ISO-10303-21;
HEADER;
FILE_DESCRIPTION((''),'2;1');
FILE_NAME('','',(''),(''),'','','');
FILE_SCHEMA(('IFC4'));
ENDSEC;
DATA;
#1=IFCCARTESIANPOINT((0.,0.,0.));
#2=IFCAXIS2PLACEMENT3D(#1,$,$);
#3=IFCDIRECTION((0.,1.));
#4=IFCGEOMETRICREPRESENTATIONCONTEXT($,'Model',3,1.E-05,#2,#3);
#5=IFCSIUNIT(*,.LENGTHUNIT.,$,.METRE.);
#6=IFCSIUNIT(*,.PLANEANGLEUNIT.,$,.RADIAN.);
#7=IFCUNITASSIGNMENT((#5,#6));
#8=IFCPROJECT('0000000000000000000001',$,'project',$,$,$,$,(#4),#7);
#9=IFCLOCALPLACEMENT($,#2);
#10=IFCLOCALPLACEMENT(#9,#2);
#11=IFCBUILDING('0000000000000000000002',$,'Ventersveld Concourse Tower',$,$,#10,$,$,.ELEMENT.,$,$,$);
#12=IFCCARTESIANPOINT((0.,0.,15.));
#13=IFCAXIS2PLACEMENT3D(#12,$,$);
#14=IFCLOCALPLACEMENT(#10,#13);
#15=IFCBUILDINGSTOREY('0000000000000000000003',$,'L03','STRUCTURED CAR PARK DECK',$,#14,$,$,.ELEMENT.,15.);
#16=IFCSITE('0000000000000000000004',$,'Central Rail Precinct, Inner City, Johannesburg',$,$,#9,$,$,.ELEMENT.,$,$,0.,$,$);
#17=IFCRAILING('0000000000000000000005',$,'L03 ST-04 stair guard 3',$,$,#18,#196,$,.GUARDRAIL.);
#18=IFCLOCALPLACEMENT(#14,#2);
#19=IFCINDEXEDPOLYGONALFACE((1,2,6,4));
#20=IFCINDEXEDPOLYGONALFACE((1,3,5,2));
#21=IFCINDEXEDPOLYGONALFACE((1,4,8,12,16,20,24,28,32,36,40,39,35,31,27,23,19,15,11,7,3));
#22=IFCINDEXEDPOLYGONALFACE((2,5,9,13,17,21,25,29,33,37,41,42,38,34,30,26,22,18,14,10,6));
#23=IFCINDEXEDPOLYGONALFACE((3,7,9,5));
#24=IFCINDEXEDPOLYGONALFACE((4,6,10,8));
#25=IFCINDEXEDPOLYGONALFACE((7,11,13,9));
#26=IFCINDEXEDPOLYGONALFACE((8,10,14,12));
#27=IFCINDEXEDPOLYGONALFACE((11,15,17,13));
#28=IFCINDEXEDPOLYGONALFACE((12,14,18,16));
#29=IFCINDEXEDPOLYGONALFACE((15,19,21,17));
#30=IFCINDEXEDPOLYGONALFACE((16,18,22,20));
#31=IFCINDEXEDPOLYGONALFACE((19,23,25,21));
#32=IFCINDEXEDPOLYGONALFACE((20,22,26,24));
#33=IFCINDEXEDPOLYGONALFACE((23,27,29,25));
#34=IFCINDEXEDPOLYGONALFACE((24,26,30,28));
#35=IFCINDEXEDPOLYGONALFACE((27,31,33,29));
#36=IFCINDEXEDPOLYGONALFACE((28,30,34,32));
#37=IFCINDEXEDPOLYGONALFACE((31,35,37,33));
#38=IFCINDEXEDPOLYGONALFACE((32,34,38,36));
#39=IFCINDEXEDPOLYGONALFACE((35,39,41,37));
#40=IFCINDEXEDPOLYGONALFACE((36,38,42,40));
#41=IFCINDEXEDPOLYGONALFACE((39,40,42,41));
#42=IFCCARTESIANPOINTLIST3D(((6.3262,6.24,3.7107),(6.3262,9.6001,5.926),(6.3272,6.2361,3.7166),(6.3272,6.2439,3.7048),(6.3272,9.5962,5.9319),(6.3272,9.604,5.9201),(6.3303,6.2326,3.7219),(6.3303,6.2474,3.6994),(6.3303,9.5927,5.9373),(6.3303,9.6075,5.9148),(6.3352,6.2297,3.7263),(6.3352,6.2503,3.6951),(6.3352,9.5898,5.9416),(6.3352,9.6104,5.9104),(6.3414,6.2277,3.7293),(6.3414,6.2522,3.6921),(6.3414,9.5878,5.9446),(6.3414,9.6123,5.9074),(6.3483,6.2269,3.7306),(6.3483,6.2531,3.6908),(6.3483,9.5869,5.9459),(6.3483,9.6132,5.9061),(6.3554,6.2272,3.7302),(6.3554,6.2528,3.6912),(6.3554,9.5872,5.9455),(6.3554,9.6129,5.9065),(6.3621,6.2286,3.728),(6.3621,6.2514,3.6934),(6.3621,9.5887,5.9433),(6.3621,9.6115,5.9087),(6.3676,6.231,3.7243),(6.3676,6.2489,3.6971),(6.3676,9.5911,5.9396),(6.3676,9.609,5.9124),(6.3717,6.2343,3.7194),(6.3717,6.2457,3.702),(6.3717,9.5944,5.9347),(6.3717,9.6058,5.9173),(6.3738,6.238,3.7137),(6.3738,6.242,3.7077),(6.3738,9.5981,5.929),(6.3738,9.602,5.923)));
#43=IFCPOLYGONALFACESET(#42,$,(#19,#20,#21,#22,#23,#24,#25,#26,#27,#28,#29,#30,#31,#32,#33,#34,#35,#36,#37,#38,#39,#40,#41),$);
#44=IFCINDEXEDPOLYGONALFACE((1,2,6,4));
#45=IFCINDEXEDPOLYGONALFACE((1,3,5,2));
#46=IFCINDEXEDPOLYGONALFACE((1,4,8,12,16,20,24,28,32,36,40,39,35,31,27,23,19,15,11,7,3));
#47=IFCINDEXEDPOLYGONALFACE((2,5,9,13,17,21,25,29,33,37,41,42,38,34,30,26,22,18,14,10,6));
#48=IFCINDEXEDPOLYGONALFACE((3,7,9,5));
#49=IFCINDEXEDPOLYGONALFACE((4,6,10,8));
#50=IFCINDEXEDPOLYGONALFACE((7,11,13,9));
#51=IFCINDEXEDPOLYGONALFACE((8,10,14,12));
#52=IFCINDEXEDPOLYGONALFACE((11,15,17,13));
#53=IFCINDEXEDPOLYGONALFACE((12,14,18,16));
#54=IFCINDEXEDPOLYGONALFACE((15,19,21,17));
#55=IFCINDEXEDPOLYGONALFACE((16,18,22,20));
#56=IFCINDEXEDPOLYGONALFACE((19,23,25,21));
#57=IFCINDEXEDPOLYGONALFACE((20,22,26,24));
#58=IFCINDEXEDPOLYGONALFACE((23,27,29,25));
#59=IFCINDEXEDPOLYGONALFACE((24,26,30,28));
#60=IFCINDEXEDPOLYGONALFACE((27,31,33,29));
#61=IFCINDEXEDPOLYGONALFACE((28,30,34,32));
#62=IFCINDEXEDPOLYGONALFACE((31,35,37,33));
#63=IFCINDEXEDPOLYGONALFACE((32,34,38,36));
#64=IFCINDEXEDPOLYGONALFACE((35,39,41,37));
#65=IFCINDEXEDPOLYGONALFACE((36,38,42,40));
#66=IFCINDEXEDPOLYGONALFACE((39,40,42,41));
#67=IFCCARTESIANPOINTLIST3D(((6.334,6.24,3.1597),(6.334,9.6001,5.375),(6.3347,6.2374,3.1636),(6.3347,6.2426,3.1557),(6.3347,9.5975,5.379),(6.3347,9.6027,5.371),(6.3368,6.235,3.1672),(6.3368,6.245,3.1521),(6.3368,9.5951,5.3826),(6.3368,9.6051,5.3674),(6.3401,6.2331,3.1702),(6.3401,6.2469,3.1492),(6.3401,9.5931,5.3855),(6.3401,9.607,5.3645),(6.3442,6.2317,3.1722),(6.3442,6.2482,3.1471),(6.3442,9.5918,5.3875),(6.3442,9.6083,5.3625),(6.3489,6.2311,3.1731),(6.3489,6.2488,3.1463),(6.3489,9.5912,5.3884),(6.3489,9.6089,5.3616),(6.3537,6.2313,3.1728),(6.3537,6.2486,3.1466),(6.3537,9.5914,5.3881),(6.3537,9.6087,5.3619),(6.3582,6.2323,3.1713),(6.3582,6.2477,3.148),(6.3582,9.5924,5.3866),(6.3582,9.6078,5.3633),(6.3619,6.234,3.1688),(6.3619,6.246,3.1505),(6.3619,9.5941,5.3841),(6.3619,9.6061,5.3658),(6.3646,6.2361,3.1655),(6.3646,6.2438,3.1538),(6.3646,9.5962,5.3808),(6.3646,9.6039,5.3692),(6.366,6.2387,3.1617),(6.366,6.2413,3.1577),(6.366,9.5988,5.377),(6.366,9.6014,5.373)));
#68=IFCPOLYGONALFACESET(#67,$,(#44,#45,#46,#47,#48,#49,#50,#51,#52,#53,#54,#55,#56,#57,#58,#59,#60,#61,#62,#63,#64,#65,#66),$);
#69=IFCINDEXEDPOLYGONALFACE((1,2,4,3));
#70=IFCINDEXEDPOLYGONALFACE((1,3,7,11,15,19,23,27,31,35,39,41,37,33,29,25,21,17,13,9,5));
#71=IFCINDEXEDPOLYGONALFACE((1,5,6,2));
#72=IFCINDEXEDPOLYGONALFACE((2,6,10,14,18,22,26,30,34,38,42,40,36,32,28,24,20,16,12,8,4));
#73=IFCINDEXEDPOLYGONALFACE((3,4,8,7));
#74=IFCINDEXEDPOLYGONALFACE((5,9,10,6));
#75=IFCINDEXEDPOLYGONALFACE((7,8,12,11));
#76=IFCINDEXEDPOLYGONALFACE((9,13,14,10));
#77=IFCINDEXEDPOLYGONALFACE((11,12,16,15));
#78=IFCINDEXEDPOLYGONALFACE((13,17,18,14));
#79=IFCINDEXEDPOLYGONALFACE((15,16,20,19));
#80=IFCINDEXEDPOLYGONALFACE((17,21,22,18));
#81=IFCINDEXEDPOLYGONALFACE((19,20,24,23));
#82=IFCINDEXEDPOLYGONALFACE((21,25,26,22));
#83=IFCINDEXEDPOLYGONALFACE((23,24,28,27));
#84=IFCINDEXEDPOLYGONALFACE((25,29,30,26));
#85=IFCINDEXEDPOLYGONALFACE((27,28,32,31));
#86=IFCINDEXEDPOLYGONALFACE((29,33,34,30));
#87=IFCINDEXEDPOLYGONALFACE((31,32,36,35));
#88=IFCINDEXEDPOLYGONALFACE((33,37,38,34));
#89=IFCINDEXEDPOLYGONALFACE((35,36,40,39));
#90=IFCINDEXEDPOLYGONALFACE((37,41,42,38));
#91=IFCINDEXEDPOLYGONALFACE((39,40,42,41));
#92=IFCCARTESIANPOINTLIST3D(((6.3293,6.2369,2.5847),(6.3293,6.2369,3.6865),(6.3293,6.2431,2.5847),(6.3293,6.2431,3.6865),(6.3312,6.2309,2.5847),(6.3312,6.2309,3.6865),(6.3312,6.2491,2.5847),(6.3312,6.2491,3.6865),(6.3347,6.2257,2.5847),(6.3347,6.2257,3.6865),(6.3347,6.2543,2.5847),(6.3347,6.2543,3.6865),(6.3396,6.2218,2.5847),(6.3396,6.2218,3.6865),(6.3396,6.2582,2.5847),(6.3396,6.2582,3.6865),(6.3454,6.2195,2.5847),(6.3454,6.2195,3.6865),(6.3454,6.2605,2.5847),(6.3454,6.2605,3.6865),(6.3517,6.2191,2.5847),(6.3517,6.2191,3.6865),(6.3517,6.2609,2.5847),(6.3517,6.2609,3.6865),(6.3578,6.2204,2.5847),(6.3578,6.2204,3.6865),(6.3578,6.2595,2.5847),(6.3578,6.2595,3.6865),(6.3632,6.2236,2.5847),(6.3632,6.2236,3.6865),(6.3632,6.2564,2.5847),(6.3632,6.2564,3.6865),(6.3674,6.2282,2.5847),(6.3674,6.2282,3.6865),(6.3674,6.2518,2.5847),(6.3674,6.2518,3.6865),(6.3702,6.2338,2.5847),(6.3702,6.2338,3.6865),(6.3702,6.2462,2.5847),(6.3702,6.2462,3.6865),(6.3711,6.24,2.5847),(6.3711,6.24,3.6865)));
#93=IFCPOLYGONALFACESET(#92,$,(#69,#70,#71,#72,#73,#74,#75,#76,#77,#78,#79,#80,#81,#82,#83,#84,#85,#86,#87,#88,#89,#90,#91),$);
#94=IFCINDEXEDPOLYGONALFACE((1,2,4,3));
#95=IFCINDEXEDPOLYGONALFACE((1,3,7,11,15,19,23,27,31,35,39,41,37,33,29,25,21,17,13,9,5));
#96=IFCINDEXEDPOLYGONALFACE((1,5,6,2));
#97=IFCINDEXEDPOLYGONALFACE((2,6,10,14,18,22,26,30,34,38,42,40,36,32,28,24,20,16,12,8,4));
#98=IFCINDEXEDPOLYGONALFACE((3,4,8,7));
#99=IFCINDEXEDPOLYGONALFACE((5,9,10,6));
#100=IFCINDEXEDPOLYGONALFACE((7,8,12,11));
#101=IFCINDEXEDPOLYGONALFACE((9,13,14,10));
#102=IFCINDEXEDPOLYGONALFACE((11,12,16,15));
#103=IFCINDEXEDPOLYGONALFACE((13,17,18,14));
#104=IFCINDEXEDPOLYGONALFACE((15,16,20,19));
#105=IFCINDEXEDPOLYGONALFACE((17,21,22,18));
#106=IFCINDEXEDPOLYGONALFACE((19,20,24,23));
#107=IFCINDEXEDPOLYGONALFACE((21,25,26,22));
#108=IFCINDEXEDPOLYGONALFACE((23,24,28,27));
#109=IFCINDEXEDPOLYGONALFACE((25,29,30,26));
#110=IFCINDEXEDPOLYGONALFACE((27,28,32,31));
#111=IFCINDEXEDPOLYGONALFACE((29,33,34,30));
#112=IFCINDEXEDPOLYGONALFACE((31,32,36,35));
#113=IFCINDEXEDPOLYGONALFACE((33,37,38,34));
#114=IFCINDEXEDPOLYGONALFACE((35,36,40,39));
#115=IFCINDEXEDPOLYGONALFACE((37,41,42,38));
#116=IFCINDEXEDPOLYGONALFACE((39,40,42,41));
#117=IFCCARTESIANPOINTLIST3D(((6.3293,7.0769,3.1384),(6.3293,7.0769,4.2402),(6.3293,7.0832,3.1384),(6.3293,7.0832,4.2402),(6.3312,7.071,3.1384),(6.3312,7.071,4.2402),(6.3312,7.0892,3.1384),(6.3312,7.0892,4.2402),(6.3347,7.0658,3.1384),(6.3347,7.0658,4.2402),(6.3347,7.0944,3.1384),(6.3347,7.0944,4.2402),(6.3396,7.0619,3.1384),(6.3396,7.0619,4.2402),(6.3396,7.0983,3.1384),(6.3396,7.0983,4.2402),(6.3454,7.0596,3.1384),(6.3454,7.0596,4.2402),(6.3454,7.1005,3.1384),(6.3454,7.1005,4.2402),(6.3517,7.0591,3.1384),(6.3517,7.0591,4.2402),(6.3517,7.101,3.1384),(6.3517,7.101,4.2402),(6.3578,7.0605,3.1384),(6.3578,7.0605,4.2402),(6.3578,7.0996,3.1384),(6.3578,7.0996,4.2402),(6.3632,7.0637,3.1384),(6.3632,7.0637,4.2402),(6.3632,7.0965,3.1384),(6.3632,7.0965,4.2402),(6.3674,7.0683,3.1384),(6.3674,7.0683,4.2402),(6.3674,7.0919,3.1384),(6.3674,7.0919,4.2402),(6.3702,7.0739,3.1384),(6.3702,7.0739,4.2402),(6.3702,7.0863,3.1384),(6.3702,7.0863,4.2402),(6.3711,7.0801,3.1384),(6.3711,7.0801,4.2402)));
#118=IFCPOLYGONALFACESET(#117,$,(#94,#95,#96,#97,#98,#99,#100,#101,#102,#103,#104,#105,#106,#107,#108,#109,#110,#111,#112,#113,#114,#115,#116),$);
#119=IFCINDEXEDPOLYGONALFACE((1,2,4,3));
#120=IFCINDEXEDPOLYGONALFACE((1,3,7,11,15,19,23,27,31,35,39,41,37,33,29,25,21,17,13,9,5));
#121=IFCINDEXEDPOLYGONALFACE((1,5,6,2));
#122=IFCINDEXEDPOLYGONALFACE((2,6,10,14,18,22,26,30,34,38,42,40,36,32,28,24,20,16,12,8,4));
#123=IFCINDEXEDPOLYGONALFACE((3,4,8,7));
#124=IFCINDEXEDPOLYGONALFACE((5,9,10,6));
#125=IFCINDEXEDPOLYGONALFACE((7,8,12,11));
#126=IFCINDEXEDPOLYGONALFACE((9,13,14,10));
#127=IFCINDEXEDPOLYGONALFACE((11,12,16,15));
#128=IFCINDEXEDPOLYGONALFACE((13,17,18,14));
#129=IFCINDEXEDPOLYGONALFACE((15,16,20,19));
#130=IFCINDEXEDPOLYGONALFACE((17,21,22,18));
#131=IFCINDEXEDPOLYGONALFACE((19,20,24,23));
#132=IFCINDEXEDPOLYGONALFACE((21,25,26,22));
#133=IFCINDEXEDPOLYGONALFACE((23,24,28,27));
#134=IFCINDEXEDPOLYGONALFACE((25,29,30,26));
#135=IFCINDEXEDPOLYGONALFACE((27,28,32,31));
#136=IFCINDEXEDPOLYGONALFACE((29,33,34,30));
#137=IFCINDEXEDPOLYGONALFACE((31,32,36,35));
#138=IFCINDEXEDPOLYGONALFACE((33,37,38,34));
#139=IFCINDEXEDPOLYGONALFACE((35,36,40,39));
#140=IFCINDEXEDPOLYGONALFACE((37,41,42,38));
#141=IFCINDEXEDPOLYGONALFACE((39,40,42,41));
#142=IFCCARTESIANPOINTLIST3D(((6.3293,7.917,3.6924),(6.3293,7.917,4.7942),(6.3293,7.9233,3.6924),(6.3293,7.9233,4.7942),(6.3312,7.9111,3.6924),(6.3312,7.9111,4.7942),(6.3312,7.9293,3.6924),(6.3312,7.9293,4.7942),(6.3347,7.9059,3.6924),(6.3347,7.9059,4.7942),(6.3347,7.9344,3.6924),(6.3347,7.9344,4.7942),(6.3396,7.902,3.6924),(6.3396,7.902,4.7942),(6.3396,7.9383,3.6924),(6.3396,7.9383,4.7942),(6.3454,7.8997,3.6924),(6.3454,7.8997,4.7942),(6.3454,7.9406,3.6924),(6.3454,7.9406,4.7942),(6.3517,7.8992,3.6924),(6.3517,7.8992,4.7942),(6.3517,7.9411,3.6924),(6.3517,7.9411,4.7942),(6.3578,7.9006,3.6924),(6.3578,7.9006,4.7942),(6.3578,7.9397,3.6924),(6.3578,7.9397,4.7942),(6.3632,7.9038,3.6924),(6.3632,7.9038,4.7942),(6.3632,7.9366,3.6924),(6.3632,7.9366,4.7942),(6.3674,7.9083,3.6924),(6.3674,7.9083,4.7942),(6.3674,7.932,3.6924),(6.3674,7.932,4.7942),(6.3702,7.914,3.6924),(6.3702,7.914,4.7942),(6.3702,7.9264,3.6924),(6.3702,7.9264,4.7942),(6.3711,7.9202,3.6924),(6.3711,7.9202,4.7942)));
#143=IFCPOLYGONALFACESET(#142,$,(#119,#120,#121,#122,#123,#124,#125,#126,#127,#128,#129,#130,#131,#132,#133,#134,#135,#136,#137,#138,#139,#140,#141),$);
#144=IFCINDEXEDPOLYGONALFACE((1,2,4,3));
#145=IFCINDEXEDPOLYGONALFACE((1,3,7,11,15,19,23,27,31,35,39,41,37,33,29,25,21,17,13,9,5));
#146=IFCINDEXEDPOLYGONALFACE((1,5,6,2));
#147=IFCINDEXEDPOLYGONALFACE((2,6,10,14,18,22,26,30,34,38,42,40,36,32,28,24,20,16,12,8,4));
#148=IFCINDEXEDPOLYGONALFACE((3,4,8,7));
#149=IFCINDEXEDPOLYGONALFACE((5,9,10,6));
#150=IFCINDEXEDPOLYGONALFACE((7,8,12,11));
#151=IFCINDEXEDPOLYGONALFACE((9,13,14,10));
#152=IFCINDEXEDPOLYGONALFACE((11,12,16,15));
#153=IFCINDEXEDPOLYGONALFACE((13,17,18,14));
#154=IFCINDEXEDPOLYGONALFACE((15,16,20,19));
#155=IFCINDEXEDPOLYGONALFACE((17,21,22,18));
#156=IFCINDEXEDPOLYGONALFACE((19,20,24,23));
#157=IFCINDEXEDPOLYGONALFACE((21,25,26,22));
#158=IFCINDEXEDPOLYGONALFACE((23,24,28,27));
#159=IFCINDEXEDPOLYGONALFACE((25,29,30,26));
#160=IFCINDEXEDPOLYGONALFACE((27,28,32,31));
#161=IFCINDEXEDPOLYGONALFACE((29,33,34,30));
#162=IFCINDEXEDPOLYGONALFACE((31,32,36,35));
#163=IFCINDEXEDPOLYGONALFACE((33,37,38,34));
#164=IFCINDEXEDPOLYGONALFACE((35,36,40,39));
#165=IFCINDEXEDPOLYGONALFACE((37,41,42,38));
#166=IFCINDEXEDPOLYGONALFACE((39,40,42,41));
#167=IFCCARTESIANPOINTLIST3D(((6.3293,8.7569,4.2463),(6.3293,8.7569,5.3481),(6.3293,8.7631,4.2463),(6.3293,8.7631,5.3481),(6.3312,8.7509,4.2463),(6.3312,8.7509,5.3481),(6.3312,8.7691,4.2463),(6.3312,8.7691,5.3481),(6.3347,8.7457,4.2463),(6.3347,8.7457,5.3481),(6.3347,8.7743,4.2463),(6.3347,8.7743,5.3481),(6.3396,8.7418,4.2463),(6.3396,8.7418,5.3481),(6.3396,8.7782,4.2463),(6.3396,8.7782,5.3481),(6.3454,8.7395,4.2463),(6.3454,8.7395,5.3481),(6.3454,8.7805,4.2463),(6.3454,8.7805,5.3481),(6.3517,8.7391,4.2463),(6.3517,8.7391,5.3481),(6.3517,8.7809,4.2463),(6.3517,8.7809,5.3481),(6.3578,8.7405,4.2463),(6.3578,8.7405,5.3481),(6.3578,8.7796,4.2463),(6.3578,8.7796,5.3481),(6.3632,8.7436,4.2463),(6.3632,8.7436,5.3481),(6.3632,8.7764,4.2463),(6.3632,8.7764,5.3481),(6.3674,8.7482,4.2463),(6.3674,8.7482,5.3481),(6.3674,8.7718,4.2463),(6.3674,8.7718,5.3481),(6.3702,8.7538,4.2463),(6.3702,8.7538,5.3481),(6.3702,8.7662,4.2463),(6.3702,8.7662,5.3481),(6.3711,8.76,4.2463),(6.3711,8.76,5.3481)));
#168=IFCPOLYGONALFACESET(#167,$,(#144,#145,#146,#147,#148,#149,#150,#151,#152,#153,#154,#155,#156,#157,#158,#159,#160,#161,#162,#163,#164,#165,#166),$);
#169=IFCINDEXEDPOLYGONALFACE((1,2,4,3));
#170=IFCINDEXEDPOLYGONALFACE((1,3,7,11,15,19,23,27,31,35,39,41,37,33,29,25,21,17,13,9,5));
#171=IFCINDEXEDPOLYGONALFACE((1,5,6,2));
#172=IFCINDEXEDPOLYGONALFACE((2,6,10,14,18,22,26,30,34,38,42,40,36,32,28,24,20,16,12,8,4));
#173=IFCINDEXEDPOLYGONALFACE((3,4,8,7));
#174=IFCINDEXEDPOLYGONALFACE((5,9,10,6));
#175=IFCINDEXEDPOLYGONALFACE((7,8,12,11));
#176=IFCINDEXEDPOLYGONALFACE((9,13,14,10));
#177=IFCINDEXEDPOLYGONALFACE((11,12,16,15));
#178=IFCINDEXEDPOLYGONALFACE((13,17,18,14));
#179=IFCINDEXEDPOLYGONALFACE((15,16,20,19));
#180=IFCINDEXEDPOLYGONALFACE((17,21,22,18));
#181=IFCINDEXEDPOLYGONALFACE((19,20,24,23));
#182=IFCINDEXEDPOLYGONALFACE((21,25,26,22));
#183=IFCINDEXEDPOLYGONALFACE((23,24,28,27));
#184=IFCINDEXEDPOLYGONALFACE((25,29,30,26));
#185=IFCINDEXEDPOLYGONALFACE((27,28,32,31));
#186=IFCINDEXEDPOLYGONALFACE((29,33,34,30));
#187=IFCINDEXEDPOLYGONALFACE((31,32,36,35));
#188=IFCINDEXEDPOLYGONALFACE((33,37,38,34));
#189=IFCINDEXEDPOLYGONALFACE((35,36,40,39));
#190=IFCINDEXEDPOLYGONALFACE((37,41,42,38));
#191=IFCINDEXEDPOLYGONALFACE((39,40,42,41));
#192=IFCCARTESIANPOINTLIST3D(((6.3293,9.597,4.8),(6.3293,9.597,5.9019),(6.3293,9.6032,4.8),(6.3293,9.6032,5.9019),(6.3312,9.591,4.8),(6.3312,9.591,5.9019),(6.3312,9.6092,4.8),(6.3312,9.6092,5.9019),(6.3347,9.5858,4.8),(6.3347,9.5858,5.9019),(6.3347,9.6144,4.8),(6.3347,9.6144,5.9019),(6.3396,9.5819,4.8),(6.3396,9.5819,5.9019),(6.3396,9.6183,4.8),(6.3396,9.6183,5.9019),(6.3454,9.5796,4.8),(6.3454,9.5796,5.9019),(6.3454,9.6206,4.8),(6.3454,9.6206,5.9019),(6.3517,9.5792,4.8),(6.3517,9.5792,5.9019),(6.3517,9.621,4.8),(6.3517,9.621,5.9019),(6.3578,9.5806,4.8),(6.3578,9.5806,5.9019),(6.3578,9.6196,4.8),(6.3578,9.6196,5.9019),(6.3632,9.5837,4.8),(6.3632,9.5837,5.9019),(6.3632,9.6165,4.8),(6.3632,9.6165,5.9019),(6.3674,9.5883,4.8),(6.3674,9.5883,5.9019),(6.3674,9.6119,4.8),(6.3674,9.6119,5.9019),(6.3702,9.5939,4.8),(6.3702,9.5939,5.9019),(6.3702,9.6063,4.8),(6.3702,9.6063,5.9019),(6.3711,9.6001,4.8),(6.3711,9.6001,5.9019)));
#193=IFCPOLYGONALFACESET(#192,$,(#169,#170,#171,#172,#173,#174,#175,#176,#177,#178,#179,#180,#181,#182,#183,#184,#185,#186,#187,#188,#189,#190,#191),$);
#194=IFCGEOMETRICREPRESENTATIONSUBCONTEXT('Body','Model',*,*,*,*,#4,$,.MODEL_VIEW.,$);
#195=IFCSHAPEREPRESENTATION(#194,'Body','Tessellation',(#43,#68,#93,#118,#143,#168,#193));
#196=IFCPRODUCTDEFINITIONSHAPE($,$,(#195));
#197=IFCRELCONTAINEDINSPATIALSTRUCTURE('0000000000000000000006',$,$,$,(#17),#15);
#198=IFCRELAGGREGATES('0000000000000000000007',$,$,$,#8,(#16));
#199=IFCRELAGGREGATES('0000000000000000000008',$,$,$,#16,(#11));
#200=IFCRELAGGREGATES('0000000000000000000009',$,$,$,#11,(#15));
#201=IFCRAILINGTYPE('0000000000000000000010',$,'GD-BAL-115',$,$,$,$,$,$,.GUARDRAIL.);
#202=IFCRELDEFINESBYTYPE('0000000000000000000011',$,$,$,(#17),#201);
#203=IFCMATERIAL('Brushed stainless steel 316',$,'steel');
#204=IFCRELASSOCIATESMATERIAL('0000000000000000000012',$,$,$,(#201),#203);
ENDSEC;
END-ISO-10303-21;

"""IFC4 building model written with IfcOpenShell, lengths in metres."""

from ifc_helpers import new_model, si_unit, direction, frame, origin, origin_2d, place, context, subcontext, project, spatial, circle, extrude, material, type_object, element, save


model = new_model("IFC4")

# Units and contexts
model_context = context("Model", 3, precision=1e-05, world=origin(), true_north=direction((0.0, 1.0)))
body_context = subcontext(model_context, "Body", "Model", "MODEL_VIEW")
ifc_project = project(units=[si_unit("LENGTHUNIT", "METRE"), si_unit("PLANEANGLEUNIT", "RADIAN")], contexts=[model_context])

# Site, building, storey
site_placement = place(None, origin())
site = spatial("IfcSite", under=ifc_project, at=site_placement, Name="Central Rail Precinct, Inner City, Johannesburg", CompositionType="ELEMENT", RefElevation=0.0)
building_placement = place(site_placement, origin())
building = spatial("IfcBuilding", under=site, at=building_placement, Name="Ventersveld Concourse Tower", CompositionType="ELEMENT")
storey_placement = place(building_placement, frame((0.0, 0.0, 15.0)))
storey = spatial("IfcBuildingStorey", under=building, at=storey_placement, Name="L03", Description="STRUCTURED CAR PARK DECK", CompositionType="ELEMENT", Elevation=15.0)

# Shared definitions
ifc_material_1 = material(Name="Brushed stainless steel 316", Category="steel")

# Railing
railing_type_1 = type_object("IfcRailingType", Name="GD-BAL-115", PredefinedType="GUARDRAIL", material=ifc_material_1)
railing_1_placement = place(storey_placement, frame((6.3501, 6.24, 2.5847)))
element("IfcRailing", 1, at=railing_1_placement, inside=storey, type_object=railing_type_1, Name="L03 ST-04 stair guard 3", PredefinedType="GUARDRAIL", context=body_context, shape_type="SweptSolid", body=[
    extrude(circle(Radius=0.0239, at=origin_2d()), frame((0.0, 0.0, 1.126), z_axis=(0.0, 0.834876, 0.550437), x_axis=(-1.0, 0.0, 0.0)), (0.0, 0.0, 1.0), 4.0247),
    extrude(circle(Radius=0.0161, at=origin_2d()), frame((0.0, 0.0, 0.575), z_axis=(0.0, 0.834876, 0.550437), x_axis=(-1.0, 0.0, 0.0)), (0.0, 0.0, 1.0), 4.0247),
    extrude(circle(Radius=0.021, at=origin_2d()), origin(), (0.0, 0.0, 1.0), 1.1018),
    extrude(circle(Radius=0.021, at=origin_2d()), frame((0.0, 0.8401, 0.5537)), (0.0, 0.0, 1.0), 1.1018),
    extrude(circle(Radius=0.021, at=origin_2d()), frame((0.0, 1.6802, 1.1077)), (0.0, 0.0, 1.0), 1.1018),
    extrude(circle(Radius=0.021, at=origin_2d()), frame((0.0, 2.52, 1.6616)), (0.0, 0.0, 1.0), 1.1018),
    extrude(circle(Radius=0.021, at=origin_2d()), frame((0.0, 3.3601, 2.2153)), (0.0, 0.0, 1.0), 1.1018),
])

save(model, "model.ifc")
